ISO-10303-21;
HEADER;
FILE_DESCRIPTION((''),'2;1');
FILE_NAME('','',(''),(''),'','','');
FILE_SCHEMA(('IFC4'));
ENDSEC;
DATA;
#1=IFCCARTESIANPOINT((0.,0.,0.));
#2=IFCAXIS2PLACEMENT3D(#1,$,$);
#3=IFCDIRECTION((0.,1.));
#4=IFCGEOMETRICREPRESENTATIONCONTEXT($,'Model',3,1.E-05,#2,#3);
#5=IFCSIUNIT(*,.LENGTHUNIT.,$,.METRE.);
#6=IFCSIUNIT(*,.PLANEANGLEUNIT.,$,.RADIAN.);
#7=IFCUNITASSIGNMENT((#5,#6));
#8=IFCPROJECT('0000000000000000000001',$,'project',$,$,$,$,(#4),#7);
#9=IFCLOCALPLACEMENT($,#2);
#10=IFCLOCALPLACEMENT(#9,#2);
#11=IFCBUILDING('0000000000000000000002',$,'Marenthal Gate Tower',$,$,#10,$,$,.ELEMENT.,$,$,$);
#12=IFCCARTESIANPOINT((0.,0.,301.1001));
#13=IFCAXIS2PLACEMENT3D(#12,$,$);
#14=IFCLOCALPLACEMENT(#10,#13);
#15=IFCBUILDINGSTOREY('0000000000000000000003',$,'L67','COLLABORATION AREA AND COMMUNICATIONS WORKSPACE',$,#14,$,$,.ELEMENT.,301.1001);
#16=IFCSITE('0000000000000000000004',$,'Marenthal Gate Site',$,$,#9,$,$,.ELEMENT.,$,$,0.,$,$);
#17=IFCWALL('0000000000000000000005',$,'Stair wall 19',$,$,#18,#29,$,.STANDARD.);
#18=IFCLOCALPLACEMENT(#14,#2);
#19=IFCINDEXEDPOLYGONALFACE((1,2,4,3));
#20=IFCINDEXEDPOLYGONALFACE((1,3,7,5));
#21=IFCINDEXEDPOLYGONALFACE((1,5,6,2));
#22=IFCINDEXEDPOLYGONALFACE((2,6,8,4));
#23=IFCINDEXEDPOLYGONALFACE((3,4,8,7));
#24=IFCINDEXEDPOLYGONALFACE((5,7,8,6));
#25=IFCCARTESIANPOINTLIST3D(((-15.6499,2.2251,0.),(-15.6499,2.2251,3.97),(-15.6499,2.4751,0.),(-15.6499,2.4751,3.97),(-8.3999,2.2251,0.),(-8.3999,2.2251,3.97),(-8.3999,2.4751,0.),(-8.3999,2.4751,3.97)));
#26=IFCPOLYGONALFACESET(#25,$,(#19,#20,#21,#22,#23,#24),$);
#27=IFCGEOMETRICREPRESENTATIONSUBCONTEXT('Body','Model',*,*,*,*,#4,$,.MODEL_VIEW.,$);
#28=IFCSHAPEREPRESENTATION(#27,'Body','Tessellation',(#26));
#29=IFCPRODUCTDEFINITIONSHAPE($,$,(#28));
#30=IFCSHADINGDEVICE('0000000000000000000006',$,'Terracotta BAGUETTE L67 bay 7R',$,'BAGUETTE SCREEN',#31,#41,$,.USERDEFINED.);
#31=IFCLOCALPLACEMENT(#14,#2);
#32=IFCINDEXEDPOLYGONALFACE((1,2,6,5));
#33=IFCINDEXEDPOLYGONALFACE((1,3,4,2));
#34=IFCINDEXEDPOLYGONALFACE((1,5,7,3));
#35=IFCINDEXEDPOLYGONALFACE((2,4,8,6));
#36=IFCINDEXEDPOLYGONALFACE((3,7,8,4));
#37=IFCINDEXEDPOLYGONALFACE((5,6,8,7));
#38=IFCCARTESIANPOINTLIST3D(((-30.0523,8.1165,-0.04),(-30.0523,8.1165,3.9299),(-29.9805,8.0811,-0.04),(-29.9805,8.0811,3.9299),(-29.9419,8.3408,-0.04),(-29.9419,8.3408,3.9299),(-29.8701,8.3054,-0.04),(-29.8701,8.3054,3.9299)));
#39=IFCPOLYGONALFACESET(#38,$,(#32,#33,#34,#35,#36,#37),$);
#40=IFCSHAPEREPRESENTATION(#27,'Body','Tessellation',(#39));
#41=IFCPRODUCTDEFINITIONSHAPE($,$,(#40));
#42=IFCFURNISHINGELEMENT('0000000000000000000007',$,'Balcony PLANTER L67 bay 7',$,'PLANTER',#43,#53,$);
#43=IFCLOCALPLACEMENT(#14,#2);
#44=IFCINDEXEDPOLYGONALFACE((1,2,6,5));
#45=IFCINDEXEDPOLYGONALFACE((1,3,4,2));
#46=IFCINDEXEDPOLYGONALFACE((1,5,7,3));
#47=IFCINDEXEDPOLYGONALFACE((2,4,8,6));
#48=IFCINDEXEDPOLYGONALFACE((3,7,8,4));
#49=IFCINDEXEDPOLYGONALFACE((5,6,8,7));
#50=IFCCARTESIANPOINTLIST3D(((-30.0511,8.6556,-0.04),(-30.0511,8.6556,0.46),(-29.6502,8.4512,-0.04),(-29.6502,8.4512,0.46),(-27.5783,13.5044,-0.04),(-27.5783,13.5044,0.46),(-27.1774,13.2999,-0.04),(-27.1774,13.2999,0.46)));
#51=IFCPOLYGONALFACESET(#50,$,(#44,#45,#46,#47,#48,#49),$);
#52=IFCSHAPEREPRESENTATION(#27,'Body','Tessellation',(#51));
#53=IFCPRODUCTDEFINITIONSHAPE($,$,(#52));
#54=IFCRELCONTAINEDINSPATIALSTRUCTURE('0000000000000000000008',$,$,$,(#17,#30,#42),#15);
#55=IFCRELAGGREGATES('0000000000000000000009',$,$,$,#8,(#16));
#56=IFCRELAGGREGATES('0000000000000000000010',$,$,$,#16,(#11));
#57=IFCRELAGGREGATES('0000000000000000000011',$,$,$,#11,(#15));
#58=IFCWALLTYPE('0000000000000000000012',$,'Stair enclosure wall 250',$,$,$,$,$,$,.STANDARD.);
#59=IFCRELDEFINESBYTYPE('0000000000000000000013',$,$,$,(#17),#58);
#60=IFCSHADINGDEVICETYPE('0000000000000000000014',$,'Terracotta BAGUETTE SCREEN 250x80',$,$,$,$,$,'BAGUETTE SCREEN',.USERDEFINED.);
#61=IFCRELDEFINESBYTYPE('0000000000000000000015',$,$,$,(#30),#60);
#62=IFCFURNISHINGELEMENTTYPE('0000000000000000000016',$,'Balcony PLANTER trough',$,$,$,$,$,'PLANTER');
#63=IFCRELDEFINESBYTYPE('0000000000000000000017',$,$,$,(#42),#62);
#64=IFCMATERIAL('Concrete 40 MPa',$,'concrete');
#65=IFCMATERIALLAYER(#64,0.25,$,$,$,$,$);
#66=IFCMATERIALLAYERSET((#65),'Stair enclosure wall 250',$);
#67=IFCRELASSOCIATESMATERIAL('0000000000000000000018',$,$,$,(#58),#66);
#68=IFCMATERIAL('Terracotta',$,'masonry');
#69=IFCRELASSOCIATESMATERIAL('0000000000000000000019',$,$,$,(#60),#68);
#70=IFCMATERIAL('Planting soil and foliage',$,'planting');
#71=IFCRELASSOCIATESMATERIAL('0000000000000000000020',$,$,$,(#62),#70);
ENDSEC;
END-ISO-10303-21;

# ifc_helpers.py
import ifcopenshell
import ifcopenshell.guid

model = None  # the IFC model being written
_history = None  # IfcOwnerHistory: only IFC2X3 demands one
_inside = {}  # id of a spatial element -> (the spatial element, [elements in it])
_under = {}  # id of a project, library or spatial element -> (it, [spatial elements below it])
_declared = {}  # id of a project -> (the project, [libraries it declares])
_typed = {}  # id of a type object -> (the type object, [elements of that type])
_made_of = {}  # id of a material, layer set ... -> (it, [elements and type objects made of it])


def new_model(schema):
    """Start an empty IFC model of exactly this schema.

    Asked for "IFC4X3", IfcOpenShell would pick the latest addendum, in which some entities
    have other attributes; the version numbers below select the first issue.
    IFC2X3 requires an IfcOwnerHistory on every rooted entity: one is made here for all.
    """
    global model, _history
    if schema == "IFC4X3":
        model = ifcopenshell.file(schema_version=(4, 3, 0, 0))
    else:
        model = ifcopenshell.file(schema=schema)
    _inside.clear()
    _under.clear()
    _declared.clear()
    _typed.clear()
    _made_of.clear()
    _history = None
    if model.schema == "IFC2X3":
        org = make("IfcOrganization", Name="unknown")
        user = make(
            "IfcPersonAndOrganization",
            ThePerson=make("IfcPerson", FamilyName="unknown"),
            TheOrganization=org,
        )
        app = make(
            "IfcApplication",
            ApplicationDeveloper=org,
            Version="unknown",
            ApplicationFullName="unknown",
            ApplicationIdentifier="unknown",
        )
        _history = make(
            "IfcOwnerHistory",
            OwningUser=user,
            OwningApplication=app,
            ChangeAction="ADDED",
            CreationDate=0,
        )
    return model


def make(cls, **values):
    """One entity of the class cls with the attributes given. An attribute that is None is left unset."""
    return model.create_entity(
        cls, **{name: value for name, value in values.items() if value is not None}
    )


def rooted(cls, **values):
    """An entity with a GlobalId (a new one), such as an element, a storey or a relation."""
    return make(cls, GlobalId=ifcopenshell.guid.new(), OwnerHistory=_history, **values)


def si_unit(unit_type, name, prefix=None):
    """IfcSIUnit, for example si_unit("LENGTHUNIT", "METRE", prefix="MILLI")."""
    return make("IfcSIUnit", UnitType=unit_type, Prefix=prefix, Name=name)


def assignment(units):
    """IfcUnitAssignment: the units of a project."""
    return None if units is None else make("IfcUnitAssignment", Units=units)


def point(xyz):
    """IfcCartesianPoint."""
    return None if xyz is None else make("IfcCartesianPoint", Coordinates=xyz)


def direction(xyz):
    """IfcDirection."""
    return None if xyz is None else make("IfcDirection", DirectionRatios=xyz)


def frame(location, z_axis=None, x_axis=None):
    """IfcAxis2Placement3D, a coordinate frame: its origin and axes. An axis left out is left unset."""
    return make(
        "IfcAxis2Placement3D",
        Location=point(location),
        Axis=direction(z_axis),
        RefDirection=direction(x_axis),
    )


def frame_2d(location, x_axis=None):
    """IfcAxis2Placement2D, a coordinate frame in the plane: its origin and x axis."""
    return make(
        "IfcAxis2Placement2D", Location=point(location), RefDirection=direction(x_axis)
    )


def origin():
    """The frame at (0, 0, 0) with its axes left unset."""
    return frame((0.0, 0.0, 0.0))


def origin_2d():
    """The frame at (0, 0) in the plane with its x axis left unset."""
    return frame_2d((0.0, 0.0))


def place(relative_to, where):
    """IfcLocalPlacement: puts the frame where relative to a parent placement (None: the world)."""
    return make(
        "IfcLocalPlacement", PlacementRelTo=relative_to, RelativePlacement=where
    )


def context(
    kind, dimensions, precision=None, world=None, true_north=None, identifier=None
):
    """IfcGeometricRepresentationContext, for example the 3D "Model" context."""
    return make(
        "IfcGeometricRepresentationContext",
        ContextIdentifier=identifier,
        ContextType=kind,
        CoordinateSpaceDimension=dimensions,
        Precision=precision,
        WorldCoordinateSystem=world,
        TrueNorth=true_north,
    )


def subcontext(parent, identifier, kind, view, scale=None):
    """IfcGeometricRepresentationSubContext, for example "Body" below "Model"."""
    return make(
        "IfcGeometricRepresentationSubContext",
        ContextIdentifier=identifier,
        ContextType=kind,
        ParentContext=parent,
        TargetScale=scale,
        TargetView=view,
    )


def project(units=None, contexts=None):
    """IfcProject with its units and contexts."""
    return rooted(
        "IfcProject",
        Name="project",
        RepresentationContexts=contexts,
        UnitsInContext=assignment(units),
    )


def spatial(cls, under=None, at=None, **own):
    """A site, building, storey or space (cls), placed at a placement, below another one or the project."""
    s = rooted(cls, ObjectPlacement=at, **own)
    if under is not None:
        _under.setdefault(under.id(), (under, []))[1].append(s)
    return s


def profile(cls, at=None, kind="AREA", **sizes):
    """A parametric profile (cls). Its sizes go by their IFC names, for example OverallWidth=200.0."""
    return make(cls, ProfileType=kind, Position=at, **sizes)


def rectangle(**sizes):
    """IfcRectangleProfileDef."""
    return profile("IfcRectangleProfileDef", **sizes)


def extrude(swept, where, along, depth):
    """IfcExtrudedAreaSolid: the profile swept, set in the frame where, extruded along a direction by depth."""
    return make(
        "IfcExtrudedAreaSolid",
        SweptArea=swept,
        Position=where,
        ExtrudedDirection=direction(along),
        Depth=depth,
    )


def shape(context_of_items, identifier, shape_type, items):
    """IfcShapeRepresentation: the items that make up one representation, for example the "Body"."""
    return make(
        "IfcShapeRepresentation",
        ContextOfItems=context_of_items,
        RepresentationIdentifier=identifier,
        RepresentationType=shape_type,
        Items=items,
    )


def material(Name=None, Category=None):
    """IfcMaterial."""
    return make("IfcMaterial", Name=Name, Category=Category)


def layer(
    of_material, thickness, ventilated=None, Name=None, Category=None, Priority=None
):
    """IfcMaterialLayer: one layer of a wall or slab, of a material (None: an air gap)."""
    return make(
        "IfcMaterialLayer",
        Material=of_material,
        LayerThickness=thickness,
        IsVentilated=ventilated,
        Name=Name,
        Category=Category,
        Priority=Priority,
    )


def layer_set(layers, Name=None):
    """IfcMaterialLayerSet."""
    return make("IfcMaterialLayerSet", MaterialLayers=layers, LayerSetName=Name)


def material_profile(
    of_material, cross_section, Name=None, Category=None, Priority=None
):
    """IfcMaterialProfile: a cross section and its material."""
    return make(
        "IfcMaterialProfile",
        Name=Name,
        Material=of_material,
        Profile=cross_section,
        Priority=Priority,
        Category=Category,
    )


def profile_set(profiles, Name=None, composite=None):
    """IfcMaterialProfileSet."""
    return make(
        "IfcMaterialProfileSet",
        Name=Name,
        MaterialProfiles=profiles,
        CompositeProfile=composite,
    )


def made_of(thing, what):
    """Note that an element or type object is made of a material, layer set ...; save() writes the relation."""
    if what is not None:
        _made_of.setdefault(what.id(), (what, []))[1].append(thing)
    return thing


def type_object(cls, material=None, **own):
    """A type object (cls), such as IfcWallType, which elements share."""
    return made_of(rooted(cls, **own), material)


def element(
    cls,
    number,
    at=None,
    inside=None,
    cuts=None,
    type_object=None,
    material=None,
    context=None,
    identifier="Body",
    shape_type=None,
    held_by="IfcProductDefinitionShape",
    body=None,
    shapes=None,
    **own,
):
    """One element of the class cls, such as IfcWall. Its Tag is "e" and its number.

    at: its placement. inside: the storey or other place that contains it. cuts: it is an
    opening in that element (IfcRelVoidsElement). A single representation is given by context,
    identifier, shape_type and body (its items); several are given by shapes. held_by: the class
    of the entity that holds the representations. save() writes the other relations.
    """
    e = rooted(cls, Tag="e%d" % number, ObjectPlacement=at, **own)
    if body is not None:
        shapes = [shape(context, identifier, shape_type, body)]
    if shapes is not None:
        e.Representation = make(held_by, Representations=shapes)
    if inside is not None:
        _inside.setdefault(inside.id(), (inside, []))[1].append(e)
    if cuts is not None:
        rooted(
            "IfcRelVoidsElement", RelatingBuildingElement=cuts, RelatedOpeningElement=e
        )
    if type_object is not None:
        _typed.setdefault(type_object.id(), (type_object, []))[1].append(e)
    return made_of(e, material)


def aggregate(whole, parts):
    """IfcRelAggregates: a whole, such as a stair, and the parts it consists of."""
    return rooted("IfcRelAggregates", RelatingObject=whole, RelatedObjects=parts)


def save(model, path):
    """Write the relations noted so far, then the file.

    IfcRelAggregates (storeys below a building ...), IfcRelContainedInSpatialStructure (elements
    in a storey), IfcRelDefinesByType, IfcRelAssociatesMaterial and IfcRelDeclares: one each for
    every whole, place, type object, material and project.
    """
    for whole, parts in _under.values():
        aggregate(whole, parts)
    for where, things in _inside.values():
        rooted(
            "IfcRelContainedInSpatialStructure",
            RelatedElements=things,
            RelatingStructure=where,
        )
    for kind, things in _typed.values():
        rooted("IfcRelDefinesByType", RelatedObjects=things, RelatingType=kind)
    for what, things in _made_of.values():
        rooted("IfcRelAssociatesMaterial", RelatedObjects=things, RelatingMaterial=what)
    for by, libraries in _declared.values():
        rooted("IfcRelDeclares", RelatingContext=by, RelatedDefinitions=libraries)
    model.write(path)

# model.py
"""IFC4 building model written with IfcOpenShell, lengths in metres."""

from ifc_helpers import new_model, si_unit, direction, frame, frame_2d, origin, origin_2d, place, context, subcontext, project, spatial, rectangle, extrude, material, layer, layer_set, material_profile, profile_set, type_object, element, save


model = new_model("IFC4")

# Units and contexts
model_context = context("Model", 3, precision=1e-05, world=origin(), true_north=direction((0.0, 1.0)))
body_context = subcontext(model_context, "Body", "Model", "MODEL_VIEW")
ifc_project = project(units=[si_unit("LENGTHUNIT", "METRE"), si_unit("PLANEANGLEUNIT", "RADIAN")], contexts=[model_context])

# Site, building, storey
site_placement = place(None, origin())
site = spatial("IfcSite", under=ifc_project, at=site_placement, Name="Marenthal Gate Site", CompositionType="ELEMENT", RefElevation=0.0)
building_placement = place(site_placement, origin())
building = spatial("IfcBuilding", under=site, at=building_placement, Name="Marenthal Gate Tower", CompositionType="ELEMENT")
storey_placement = place(building_placement, frame((0.0, 0.0, 301.1001)))
storey = spatial("IfcBuildingStorey", under=building, at=storey_placement, Name="L67", Description="COLLABORATION AREA AND COMMUNICATIONS WORKSPACE", CompositionType="ELEMENT", Elevation=301.1001)

# Wall
ifc_material_1 = material(Name="Concrete 40 MPa", Category="concrete")
ifc_layer_1 = layer(ifc_material_1, 0.25)
ifc_layer_set_1 = layer_set([ifc_layer_1], Name="Stair enclosure wall 250")
wall_type_1 = type_object("IfcWallType", Name="Stair enclosure wall 250", PredefinedType="STANDARD", material=ifc_layer_set_1)
wall_1_placement = place(storey_placement, frame((-15.6499, 2.3501, 0.0), z_axis=(0.0, 0.0, 1.0), x_axis=(1.0, 0.0, 0.0)))
element("IfcWall", 1, at=wall_1_placement, inside=storey, type_object=wall_type_1, Name="Stair wall 19", PredefinedType="STANDARD", context=body_context, shape_type="SweptSolid", body=[
    extrude(rectangle(XDim=7.25, YDim=0.25, at=frame_2d((3.625, 0.0))), origin(), (0.0, 0.0, 1.0), 3.97),
])

# Shading device
ifc_material_2 = material(Name="Terracotta", Category="masonry")
ifc_material_profile_1 = material_profile(ifc_material_2, rectangle(XDim=0.25, YDim=0.0801, at=origin_2d()), Name="Terracotta baguette 250x80")
ifc_profile_set_1 = profile_set([ifc_material_profile_1], Name="Terracotta")
shading_device_type = type_object("IfcShadingDeviceType", Name="Terracotta BAGUETTE SCREEN 250x80", ElementType="BAGUETTE SCREEN", PredefinedType="USERDEFINED", material=ifc_profile_set_1)
shading_device_placement = place(storey_placement, frame((-29.9612, 8.2109, -0.04), z_axis=(0.0, 0.0, 1.0), x_axis=(-0.441624, -0.8972, 0.0)))
element("IfcShadingDevice", 2, at=shading_device_placement, inside=storey, type_object=shading_device_type, Name="Terracotta BAGUETTE L67 bay 7R", ObjectType="BAGUETTE SCREEN", PredefinedType="USERDEFINED", context=body_context, shape_type="SweptSolid", body=[
    extrude(rectangle(XDim=0.25, YDim=0.0801, at=origin_2d()), origin(), (0.0, 0.0, 1.0), 3.97),
])

# Furnishing element
ifc_material_3 = material(Name="Planting soil and foliage", Category="planting")
furnishing_element_type = type_object("IfcFurnishingElementType", Name="Balcony PLANTER trough", ElementType="PLANTER", material=ifc_material_3)
furnishing_placement = place(storey_placement, frame((-28.6143, 10.9778, -0.04), z_axis=(0.0, 0.0, 1.0), x_axis=(-0.454321, -0.890838, 0.0)))
element("IfcFurnishingElement", 3, at=furnishing_placement, inside=storey, type_object=furnishing_element_type, Name="Balcony PLANTER L67 bay 7", ObjectType="PLANTER", context=body_context, shape_type="SweptSolid", body=[
    extrude(rectangle(XDim=5.4429, YDim=0.45, at=origin_2d()), origin(), (0.0, 0.0, 1.0), 0.5),
])

save(model, "model.ifc")
